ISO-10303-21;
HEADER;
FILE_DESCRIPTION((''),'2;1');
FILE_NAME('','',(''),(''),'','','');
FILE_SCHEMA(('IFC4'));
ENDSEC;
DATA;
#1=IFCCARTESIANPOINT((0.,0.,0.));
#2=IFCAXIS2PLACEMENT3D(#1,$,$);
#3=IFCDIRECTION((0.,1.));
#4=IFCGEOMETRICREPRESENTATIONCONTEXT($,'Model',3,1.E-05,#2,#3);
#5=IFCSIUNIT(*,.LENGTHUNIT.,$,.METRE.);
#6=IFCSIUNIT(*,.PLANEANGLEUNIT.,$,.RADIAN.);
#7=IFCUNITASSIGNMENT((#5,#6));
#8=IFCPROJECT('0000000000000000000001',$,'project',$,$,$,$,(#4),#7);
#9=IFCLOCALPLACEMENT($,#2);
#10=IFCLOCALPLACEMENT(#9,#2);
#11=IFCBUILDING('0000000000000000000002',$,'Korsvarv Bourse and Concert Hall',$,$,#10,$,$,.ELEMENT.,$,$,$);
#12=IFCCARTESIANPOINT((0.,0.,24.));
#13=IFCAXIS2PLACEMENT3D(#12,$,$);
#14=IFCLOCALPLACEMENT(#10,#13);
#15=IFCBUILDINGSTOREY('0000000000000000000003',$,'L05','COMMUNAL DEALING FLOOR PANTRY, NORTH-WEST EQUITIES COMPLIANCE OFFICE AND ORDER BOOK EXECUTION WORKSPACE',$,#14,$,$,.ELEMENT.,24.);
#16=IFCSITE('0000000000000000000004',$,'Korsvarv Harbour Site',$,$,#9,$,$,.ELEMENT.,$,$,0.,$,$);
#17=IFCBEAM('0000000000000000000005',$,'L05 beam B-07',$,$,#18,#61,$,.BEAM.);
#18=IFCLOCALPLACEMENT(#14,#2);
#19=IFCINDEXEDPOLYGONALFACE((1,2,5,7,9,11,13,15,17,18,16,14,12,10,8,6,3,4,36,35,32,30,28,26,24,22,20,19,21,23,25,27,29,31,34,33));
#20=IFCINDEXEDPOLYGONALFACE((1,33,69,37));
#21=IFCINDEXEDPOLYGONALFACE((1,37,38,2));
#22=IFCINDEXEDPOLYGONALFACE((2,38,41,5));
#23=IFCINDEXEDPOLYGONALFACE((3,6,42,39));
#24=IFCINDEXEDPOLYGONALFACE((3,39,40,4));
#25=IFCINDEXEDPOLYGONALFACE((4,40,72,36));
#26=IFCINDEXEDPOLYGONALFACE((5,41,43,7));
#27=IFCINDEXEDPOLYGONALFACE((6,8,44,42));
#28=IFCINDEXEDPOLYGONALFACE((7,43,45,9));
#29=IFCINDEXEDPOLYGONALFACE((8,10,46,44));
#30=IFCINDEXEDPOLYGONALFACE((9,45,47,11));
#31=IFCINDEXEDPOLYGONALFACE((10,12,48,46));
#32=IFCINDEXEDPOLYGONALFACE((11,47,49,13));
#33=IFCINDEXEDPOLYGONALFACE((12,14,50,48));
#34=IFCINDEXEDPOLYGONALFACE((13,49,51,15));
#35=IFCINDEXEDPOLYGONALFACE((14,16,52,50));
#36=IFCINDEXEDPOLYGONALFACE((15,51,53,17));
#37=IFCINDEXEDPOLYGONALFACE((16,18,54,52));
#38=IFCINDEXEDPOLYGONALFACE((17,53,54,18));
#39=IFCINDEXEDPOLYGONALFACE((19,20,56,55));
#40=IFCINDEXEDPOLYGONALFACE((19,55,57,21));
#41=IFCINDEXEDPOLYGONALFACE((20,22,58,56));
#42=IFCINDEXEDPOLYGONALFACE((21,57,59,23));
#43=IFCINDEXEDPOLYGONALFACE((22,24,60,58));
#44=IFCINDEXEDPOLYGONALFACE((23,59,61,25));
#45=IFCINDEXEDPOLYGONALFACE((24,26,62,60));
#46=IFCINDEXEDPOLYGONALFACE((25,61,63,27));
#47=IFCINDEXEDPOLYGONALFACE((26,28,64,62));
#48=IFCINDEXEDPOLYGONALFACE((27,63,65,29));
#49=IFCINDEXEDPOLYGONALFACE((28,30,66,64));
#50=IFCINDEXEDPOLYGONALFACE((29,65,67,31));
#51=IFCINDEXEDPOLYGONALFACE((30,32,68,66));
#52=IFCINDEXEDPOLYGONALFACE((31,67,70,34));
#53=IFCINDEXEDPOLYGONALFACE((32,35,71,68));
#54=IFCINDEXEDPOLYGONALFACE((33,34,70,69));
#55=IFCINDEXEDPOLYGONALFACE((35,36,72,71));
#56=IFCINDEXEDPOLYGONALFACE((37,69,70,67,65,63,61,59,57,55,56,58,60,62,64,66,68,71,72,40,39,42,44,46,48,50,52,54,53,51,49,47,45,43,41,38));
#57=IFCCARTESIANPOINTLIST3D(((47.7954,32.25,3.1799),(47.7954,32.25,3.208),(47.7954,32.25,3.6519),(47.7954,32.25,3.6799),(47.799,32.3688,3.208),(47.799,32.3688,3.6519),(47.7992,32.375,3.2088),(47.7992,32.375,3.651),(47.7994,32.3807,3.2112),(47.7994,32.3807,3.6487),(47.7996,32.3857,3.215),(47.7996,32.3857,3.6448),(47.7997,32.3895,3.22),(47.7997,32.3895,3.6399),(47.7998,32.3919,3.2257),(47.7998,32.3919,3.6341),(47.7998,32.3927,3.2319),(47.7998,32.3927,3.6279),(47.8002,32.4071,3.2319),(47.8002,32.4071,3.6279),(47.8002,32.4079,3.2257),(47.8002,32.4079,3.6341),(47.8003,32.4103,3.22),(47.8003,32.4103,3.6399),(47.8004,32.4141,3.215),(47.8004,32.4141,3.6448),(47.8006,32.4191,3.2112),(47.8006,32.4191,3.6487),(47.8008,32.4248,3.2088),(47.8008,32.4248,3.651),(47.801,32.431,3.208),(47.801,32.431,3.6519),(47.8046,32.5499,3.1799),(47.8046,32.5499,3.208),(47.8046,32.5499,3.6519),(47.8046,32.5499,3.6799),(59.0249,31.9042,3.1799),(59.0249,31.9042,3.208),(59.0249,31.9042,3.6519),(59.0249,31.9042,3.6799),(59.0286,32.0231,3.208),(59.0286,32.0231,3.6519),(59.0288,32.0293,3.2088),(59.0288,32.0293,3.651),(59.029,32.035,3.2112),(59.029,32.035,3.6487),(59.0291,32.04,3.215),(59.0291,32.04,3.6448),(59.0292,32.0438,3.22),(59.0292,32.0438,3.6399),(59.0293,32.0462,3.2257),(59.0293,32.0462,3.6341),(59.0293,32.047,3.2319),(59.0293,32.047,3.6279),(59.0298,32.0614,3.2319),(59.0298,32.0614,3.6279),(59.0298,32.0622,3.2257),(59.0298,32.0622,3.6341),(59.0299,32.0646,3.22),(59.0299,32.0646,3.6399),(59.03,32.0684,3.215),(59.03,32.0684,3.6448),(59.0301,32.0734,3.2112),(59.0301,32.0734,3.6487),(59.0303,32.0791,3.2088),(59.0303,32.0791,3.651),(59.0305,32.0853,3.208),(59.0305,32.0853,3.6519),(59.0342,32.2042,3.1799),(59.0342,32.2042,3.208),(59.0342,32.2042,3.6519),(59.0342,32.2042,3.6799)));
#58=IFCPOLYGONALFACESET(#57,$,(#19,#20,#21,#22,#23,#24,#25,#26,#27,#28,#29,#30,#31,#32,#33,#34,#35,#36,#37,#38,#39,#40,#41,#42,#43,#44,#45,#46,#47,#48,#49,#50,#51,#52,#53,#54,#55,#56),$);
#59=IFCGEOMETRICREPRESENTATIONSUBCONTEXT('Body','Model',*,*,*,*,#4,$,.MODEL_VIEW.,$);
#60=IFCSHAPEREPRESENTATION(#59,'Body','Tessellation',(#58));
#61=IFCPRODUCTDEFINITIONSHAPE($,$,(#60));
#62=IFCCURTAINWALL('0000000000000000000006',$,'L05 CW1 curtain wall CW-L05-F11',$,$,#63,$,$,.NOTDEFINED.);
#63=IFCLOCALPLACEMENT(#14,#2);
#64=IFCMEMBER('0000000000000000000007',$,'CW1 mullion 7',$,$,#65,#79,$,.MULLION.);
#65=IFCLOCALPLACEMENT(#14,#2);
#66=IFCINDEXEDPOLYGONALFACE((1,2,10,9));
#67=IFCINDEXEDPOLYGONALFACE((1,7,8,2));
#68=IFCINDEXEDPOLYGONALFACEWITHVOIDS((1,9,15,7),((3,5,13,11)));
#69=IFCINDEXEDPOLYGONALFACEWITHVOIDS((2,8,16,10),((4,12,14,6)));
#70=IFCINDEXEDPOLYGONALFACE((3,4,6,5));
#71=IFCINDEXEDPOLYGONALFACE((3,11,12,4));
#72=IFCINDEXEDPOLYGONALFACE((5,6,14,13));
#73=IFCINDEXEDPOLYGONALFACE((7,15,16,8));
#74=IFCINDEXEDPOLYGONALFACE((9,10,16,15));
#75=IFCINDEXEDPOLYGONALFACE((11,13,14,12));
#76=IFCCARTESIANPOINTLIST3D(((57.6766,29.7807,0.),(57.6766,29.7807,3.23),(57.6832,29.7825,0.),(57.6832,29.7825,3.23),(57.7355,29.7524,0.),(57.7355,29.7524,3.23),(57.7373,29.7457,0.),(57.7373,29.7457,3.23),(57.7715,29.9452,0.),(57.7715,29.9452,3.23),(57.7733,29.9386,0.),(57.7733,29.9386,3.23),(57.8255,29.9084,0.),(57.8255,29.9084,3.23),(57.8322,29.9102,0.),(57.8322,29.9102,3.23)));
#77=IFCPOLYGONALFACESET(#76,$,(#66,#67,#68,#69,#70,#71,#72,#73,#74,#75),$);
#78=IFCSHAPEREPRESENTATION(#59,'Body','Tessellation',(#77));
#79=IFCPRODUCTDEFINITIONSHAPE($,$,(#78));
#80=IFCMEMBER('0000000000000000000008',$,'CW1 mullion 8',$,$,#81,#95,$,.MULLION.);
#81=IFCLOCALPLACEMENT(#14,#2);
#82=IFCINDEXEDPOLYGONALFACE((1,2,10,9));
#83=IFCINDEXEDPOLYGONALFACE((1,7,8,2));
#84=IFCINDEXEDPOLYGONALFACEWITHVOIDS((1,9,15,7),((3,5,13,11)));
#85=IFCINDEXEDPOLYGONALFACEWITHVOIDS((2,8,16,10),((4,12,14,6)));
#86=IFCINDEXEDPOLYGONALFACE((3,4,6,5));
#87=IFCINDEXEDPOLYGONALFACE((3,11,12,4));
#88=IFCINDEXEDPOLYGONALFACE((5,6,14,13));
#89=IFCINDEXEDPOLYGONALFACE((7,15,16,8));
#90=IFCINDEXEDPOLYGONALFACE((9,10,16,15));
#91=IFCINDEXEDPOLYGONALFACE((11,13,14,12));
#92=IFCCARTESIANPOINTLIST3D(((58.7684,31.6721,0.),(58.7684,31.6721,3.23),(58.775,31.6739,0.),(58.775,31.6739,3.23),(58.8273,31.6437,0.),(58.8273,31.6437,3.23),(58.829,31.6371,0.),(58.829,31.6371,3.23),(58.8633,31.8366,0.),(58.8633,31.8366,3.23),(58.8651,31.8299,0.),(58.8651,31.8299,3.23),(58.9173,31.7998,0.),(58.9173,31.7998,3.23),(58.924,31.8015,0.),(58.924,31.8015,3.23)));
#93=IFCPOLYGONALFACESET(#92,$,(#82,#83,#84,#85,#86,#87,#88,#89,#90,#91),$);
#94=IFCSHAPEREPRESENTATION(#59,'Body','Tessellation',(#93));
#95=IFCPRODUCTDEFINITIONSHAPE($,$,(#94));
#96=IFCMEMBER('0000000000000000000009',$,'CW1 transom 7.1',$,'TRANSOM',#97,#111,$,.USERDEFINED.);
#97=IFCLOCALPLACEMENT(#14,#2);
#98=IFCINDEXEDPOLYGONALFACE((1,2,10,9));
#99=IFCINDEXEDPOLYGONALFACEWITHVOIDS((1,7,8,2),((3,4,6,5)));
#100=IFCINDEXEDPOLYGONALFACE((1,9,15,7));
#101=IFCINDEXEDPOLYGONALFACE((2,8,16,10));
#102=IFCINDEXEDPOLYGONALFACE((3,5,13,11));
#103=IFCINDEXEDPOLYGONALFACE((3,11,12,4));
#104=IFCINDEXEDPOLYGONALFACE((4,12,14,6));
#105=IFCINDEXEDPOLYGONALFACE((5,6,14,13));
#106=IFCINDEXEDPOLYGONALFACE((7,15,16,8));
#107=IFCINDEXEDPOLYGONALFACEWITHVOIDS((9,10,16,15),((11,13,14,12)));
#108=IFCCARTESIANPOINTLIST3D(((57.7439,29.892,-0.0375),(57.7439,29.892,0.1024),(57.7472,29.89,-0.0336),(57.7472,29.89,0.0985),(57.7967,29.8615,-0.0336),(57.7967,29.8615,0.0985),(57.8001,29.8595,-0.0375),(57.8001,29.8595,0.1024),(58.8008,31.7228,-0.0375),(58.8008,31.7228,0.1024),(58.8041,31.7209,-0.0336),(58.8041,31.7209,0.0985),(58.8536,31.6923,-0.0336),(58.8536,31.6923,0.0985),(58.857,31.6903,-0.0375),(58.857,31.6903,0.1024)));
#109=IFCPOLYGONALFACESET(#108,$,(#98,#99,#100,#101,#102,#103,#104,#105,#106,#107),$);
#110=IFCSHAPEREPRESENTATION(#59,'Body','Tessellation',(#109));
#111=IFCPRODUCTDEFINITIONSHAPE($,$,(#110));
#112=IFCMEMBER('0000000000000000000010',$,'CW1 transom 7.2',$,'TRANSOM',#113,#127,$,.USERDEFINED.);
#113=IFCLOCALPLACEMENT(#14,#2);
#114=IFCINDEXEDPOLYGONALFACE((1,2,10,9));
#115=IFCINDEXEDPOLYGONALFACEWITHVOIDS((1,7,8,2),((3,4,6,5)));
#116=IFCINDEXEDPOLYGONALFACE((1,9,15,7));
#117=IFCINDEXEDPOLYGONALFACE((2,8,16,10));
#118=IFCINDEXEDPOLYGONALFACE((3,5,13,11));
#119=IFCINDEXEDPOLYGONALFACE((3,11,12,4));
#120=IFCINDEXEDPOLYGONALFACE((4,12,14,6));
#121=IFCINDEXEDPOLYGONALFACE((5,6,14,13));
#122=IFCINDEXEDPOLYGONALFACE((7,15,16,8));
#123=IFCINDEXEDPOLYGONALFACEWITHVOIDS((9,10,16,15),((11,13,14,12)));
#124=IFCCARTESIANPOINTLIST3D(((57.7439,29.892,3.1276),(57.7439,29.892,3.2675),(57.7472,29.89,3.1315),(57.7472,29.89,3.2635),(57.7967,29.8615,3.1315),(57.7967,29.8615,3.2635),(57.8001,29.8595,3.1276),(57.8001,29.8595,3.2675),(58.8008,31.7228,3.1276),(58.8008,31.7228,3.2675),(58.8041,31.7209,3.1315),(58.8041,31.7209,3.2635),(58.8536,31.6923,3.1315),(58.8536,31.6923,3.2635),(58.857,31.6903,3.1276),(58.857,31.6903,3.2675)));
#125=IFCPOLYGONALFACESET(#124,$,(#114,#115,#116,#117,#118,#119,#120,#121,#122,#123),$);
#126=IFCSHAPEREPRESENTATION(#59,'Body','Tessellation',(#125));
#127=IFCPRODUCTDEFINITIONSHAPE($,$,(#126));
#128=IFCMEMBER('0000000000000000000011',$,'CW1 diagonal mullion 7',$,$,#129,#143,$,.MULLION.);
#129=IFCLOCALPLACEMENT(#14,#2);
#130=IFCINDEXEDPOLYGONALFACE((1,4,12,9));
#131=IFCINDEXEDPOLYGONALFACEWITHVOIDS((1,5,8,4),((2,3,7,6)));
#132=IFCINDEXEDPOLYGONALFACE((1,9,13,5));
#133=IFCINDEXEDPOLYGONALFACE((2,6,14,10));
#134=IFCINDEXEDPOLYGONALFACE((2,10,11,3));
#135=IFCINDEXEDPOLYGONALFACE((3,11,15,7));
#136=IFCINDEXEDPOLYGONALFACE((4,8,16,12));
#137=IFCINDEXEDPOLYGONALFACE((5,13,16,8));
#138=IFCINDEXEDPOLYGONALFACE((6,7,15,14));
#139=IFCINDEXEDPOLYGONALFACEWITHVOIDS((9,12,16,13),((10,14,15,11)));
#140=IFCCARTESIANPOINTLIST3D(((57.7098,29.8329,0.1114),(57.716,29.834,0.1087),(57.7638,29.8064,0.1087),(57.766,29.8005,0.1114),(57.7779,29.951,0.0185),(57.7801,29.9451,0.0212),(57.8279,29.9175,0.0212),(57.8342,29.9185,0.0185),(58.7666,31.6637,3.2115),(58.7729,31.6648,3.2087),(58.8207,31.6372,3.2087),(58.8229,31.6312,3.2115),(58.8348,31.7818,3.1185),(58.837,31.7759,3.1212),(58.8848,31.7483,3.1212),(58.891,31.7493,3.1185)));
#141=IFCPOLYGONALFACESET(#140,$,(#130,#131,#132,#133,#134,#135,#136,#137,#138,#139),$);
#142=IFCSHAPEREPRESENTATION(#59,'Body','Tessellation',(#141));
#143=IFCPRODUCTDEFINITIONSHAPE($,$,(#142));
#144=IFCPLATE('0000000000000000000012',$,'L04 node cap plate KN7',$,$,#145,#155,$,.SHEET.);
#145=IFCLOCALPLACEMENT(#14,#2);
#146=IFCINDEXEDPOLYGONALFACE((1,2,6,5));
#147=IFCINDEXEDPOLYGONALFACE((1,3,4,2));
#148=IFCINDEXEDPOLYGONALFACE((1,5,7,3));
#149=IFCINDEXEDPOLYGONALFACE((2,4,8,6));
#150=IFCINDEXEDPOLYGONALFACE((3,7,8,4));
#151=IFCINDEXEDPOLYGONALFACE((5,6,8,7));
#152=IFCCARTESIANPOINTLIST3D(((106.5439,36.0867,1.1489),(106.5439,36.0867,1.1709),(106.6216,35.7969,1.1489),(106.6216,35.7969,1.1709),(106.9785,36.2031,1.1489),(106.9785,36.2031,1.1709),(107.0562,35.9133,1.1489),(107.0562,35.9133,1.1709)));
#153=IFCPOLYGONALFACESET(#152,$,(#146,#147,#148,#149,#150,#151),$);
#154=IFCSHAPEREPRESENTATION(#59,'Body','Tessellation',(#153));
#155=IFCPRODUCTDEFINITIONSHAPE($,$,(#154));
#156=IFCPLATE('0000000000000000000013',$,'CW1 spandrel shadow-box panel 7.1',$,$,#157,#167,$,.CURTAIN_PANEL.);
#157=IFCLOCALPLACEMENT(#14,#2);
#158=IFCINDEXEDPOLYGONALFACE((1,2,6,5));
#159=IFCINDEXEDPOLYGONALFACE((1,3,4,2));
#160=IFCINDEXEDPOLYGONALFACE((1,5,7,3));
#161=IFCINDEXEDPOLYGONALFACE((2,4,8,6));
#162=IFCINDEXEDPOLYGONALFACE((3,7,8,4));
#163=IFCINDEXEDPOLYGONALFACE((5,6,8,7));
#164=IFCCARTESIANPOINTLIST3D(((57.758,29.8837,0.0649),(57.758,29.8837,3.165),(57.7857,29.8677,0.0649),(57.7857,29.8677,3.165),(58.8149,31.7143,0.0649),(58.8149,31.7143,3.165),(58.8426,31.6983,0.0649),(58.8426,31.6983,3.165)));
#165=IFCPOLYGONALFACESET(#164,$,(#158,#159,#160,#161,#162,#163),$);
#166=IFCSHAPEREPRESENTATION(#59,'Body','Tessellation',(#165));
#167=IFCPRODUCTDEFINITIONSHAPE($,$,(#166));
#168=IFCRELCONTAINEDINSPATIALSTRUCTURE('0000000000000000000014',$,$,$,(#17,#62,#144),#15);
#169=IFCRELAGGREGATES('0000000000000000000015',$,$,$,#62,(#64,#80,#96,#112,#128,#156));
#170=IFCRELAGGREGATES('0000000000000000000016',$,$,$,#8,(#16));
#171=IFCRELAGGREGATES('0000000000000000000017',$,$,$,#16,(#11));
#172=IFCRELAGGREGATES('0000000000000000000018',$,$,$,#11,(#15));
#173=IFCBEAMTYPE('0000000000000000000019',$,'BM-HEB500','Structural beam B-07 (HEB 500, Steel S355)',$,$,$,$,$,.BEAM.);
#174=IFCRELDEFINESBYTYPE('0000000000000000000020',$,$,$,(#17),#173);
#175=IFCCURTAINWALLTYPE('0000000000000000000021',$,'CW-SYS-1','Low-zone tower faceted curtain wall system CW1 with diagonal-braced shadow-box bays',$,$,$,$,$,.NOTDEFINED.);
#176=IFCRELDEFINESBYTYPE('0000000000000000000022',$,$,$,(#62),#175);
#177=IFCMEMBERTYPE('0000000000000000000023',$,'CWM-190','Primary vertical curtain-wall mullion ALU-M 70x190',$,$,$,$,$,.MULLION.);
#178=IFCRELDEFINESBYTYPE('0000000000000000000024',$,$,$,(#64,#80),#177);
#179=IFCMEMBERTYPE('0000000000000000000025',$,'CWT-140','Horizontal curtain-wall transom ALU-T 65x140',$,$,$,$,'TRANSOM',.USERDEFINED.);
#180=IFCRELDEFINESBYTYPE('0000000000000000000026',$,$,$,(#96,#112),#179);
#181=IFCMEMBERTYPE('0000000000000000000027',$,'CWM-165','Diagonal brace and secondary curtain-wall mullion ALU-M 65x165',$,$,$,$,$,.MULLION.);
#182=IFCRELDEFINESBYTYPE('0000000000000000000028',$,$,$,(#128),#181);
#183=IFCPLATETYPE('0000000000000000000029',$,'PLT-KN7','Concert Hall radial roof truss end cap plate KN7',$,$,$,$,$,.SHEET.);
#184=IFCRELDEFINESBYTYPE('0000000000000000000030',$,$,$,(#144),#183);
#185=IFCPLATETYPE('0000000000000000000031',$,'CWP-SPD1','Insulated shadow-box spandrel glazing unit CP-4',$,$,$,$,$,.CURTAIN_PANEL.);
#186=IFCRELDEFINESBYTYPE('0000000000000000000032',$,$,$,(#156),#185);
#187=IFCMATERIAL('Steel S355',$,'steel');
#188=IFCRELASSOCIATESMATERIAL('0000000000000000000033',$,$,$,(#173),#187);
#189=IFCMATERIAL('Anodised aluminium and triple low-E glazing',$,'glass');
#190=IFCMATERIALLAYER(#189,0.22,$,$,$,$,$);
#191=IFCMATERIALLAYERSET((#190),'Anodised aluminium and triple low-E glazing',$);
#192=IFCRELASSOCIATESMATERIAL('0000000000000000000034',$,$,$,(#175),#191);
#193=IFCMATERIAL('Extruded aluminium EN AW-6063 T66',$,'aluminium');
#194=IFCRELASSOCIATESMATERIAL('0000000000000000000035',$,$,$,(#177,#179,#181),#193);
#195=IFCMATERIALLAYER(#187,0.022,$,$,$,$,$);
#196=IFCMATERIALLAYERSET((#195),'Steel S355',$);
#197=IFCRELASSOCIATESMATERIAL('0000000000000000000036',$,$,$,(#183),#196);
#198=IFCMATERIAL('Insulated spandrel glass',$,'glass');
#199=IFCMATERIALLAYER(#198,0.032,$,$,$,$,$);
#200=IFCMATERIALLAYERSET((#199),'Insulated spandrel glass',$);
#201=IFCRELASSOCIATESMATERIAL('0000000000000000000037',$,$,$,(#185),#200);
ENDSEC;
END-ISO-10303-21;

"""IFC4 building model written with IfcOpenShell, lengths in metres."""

from ifc_helpers import new_model, si_unit, direction, frame, origin, origin_2d, place, context, subcontext, project, spatial, rectangle, hollow_rectangle, i_section, extrude, source, transform, mapped, material, layer, layer_set, material_profile, profile_set, type_object, element, aggregate, save


model = new_model("IFC4")

# Units and contexts
model_context = context("Model", 3, precision=1e-05, world=origin(), true_north=direction((0.0, 1.0)))
body_context = subcontext(model_context, "Body", "Model", "MODEL_VIEW")
ifc_project = project(units=[si_unit("LENGTHUNIT", "METRE"), si_unit("PLANEANGLEUNIT", "RADIAN")], contexts=[model_context])

# Site, building, storey
site_placement = place(None, origin())
site = spatial("IfcSite", under=ifc_project, at=site_placement, Name="Korsvarv Harbour Site", CompositionType="ELEMENT", RefElevation=0.0)
building_placement = place(site_placement, origin())
building = spatial("IfcBuilding", under=site, at=building_placement, Name="Korsvarv Bourse and Concert Hall", CompositionType="ELEMENT")
storey_placement = place(building_placement, frame((0.0, 0.0, 24.0)))
storey = spatial("IfcBuildingStorey", under=building, at=storey_placement, Name="L05", Description="COMMUNAL DEALING FLOOR PANTRY, NORTH-WEST EQUITIES COMPLIANCE OFFICE AND ORDER BOOK EXECUTION WORKSPACE", CompositionType="ELEMENT", Elevation=24.0)

# Beam
ifc_material_1 = material(Name="Steel S355", Category="steel")
ifc_material_profile_1 = material_profile(ifc_material_1, i_section(OverallWidth=0.3, OverallDepth=0.5, WebThickness=0.0144, FlangeThickness=0.0281, FilletRadius=0.0239, at=origin_2d()), Name="HEB 500")
ifc_profile_set_1 = profile_set([ifc_material_profile_1], Name="Steel S355")
beam_type_1 = type_object("IfcBeamType", Name="BM-HEB500", Description="Structural beam B-07 (HEB 500, Steel S355)", PredefinedType="BEAM", material=ifc_profile_set_1)
shared_shape_1 = source(origin(), body_context, "Body", "SweptSolid", [
    extrude(i_section(OverallWidth=0.3, OverallDepth=0.5, WebThickness=0.0144, FlangeThickness=0.0281, FilletRadius=0.0239, at=origin_2d()), origin(), (0.0, 0.0, 1.0), 11.2349),
])
beam_1_placement = place(storey_placement, frame((59.0295, 32.0542, 3.4299), z_axis=(-0.999526, 0.030771, 0.0), x_axis=(-0.030771, -0.999526, 0.0)))
element("IfcBeam", 1, at=beam_1_placement, inside=storey, type_object=beam_type_1, Name="L05 beam B-07", PredefinedType="BEAM", context=body_context, shape_type="MappedRepresentation", body=[
    mapped(shared_shape_1, transform((0.0, 0.0, 0.0), scale=1.0)),
])

# Curtain wall, members
ifc_material_2 = material(Name="Anodised aluminium and triple low-E glazing", Category="glass")
ifc_layer_1 = layer(ifc_material_2, 0.22)
ifc_layer_set_1 = layer_set([ifc_layer_1], Name="Anodised aluminium and triple low-E glazing")
curtain_wall_type = type_object("IfcCurtainWallType", Name="CW-SYS-1", Description="Low-zone tower faceted curtain wall system CW1 with diagonal-braced shadow-box bays", PredefinedType="NOTDEFINED", material=ifc_layer_set_1)
curtain_wall_placement = place(storey_placement, origin())
curtain_wall = element("IfcCurtainWall", 2, at=curtain_wall_placement, inside=storey, type_object=curtain_wall_type, Name="L05 CW1 curtain wall CW-L05-F11", PredefinedType="NOTDEFINED")
ifc_material_3 = material(Name="Extruded aluminium EN AW-6063 T66", Category="aluminium")
ifc_material_profile_2 = material_profile(ifc_material_3, hollow_rectangle(XDim=0.0701, YDim=0.1899, WallThickness=0.0049, at=origin_2d()), Name="ALU-M 70x190")
ifc_profile_set_2 = profile_set([ifc_material_profile_2], Name="Extruded aluminium EN AW-6063 T66")
member_type_1 = type_object("IfcMemberType", Name="CWM-190", Description="Primary vertical curtain-wall mullion ALU-M 70x190", PredefinedType="MULLION", material=ifc_profile_set_2)
shared_shape_2 = source(origin(), body_context, "Body", "SweptSolid", [
    extrude(hollow_rectangle(XDim=0.0701, YDim=0.1899, WallThickness=0.0049, at=origin_2d()), origin(), (0.0, 0.0, 1.0), 3.23),
])
member_1_placement = place(storey_placement, frame((57.7544, 29.8455, 0.0), z_axis=(0.0, 0.0, 1.0), x_axis=(-0.866029, 0.499995, 0.0)))
member_1 = element("IfcMember", 3, at=member_1_placement, type_object=member_type_1, Name="CW1 mullion 7", PredefinedType="MULLION", context=body_context, shape_type="MappedRepresentation", body=[
    mapped(shared_shape_2, transform((0.0, 0.0, 0.0), scale=1.0)),
])
member_2_placement = place(storey_placement, frame((58.8462, 31.7368, 0.0), z_axis=(0.0, 0.0, 1.0), x_axis=(-0.866029, 0.499995, 0.0)))
member_2 = element("IfcMember", 4, at=member_2_placement, type_object=member_type_1, Name="CW1 mullion 8", PredefinedType="MULLION", context=body_context, shape_type="MappedRepresentation", body=[
    mapped(shared_shape_2, transform((0.0, 0.0, 0.0), scale=1.0)),
])
ifc_material_profile_3 = material_profile(ifc_material_3, hollow_rectangle(XDim=0.0649, YDim=0.1399, WallThickness=0.0039, at=origin_2d()), Name="ALU-T 65x140")
ifc_profile_set_3 = profile_set([ifc_material_profile_3], Name="Extruded aluminium EN AW-6063 T66")
member_type_2 = type_object("IfcMemberType", Name="CWT-140", Description="Horizontal curtain-wall transom ALU-T 65x140", ElementType="TRANSOM", PredefinedType="USERDEFINED", material=ifc_profile_set_3)
shared_shape_3 = source(origin(), body_context, "Body", "SweptSolid", [
    extrude(hollow_rectangle(XDim=0.0649, YDim=0.1399, WallThickness=0.0039, at=origin_2d()), origin(), (0.0, 0.0, 1.0), 2.114),
])
member_3_placement = place(storey_placement, frame((57.772, 29.8757, 0.0325), z_axis=(0.499952, 0.866053, 0.0), x_axis=(-0.866053, 0.499952, 0.0)))
member_3 = element("IfcMember", 5, at=member_3_placement, type_object=member_type_2, Name="CW1 transom 7.1", ObjectType="TRANSOM", PredefinedType="USERDEFINED", context=body_context, shape_type="MappedRepresentation", body=[
    mapped(shared_shape_3, transform((0.0, 0.0, 0.0), scale=1.0)),
])
member_4_placement = place(storey_placement, frame((57.772, 29.8757, 3.1975), z_axis=(0.499952, 0.866053, 0.0), x_axis=(-0.866053, 0.499952, 0.0)))
member_4 = element("IfcMember", 6, at=member_4_placement, type_object=member_type_2, Name="CW1 transom 7.2", ObjectType="TRANSOM", PredefinedType="USERDEFINED", context=body_context, shape_type="MappedRepresentation", body=[
    mapped(shared_shape_3, transform((0.0, 0.0, 0.0), scale=1.0)),
])
ifc_material_profile_4 = material_profile(ifc_material_3, hollow_rectangle(XDim=0.0649, YDim=0.165, WallThickness=0.0049, at=origin_2d()), Name="ALU-M 65x165")
ifc_profile_set_4 = profile_set([ifc_material_profile_4], Name="Extruded aluminium EN AW-6063 T66")
member_type_3 = type_object("IfcMemberType", Name="CWM-165", Description="Diagonal brace and secondary curtain-wall mullion ALU-M 65x165", PredefinedType="MULLION", material=ifc_profile_set_4)
shared_shape_4 = source(origin(), body_context, "Body", "SweptSolid", [
    extrude(hollow_rectangle(XDim=0.0649, YDim=0.165, WallThickness=0.0049, at=origin_2d()), origin(), (0.0, 0.0, 1.0), 3.7522),
])
member_5_placement = place(storey_placement, frame((57.772, 29.8757, 0.0649), z_axis=(0.281666, 0.487922, 0.826194), x_axis=(-0.866053, 0.499952, 0.0)))
member_5 = element("IfcMember", 7, at=member_5_placement, type_object=member_type_3, Name="CW1 diagonal mullion 7", PredefinedType="MULLION", context=body_context, shape_type="MappedRepresentation", body=[
    mapped(shared_shape_4, transform((0.0, 0.0, 0.0), scale=1.0)),
])

# Plates
ifc_layer_2 = layer(ifc_material_1, 0.022)
ifc_layer_set_2 = layer_set([ifc_layer_2], Name="Steel S355")
plate_type_1 = type_object("IfcPlateType", Name="PLT-KN7", Description="Concert Hall radial roof truss end cap plate KN7", PredefinedType="SHEET", material=ifc_layer_set_2)
shared_shape_5 = source(origin(), body_context, "Body", "SweptSolid", [
    extrude(rectangle(XDim=0.45, YDim=0.3, at=origin_2d()), origin(), (0.0, 0.0, 1.0), 0.022),
])
plate_1_placement = place(storey_placement, frame((106.8, 36.0, 1.1489), z_axis=(0.0, 0.0, 1.0), x_axis=(0.965926, 0.258819, 0.0)))
element("IfcPlate", 8, at=plate_1_placement, inside=storey, type_object=plate_type_1, Name="L04 node cap plate KN7", PredefinedType="SHEET", context=body_context, shape_type="MappedRepresentation", body=[
    mapped(shared_shape_5, transform((0.0, 0.0, 0.0), scale=1.0)),
])
ifc_material_4 = material(Name="Insulated spandrel glass", Category="glass")
ifc_layer_3 = layer(ifc_material_4, 0.032)
ifc_layer_set_3 = layer_set([ifc_layer_3], Name="Insulated spandrel glass")
plate_type_2 = type_object("IfcPlateType", Name="CWP-SPD1", Description="Insulated shadow-box spandrel glazing unit CP-4", PredefinedType="CURTAIN_PANEL", material=ifc_layer_set_3)
shared_shape_6 = source(origin(), body_context, "Body", "SweptSolid", [
    extrude(rectangle(XDim=2.1138, YDim=0.032, at=origin_2d()), origin(), (0.0, 0.0, 1.0), 3.1001),
])
plate_2_placement = place(storey_placement, frame((58.3003, 30.791, 0.0649), z_axis=(0.0, 0.0, 1.0), x_axis=(0.499995, 0.866029, 0.0)))
plate_2 = element("IfcPlate", 9, at=plate_2_placement, type_object=plate_type_2, Name="CW1 spandrel shadow-box panel 7.1", PredefinedType="CURTAIN_PANEL", context=body_context, shape_type="MappedRepresentation", body=[
    mapped(shared_shape_6, transform((0.0, 0.0, 0.0), scale=1.0)),
])
aggregate(curtain_wall, [member_1, member_2, member_3, member_4, member_5, plate_2])

save(model, "model.ifc")
